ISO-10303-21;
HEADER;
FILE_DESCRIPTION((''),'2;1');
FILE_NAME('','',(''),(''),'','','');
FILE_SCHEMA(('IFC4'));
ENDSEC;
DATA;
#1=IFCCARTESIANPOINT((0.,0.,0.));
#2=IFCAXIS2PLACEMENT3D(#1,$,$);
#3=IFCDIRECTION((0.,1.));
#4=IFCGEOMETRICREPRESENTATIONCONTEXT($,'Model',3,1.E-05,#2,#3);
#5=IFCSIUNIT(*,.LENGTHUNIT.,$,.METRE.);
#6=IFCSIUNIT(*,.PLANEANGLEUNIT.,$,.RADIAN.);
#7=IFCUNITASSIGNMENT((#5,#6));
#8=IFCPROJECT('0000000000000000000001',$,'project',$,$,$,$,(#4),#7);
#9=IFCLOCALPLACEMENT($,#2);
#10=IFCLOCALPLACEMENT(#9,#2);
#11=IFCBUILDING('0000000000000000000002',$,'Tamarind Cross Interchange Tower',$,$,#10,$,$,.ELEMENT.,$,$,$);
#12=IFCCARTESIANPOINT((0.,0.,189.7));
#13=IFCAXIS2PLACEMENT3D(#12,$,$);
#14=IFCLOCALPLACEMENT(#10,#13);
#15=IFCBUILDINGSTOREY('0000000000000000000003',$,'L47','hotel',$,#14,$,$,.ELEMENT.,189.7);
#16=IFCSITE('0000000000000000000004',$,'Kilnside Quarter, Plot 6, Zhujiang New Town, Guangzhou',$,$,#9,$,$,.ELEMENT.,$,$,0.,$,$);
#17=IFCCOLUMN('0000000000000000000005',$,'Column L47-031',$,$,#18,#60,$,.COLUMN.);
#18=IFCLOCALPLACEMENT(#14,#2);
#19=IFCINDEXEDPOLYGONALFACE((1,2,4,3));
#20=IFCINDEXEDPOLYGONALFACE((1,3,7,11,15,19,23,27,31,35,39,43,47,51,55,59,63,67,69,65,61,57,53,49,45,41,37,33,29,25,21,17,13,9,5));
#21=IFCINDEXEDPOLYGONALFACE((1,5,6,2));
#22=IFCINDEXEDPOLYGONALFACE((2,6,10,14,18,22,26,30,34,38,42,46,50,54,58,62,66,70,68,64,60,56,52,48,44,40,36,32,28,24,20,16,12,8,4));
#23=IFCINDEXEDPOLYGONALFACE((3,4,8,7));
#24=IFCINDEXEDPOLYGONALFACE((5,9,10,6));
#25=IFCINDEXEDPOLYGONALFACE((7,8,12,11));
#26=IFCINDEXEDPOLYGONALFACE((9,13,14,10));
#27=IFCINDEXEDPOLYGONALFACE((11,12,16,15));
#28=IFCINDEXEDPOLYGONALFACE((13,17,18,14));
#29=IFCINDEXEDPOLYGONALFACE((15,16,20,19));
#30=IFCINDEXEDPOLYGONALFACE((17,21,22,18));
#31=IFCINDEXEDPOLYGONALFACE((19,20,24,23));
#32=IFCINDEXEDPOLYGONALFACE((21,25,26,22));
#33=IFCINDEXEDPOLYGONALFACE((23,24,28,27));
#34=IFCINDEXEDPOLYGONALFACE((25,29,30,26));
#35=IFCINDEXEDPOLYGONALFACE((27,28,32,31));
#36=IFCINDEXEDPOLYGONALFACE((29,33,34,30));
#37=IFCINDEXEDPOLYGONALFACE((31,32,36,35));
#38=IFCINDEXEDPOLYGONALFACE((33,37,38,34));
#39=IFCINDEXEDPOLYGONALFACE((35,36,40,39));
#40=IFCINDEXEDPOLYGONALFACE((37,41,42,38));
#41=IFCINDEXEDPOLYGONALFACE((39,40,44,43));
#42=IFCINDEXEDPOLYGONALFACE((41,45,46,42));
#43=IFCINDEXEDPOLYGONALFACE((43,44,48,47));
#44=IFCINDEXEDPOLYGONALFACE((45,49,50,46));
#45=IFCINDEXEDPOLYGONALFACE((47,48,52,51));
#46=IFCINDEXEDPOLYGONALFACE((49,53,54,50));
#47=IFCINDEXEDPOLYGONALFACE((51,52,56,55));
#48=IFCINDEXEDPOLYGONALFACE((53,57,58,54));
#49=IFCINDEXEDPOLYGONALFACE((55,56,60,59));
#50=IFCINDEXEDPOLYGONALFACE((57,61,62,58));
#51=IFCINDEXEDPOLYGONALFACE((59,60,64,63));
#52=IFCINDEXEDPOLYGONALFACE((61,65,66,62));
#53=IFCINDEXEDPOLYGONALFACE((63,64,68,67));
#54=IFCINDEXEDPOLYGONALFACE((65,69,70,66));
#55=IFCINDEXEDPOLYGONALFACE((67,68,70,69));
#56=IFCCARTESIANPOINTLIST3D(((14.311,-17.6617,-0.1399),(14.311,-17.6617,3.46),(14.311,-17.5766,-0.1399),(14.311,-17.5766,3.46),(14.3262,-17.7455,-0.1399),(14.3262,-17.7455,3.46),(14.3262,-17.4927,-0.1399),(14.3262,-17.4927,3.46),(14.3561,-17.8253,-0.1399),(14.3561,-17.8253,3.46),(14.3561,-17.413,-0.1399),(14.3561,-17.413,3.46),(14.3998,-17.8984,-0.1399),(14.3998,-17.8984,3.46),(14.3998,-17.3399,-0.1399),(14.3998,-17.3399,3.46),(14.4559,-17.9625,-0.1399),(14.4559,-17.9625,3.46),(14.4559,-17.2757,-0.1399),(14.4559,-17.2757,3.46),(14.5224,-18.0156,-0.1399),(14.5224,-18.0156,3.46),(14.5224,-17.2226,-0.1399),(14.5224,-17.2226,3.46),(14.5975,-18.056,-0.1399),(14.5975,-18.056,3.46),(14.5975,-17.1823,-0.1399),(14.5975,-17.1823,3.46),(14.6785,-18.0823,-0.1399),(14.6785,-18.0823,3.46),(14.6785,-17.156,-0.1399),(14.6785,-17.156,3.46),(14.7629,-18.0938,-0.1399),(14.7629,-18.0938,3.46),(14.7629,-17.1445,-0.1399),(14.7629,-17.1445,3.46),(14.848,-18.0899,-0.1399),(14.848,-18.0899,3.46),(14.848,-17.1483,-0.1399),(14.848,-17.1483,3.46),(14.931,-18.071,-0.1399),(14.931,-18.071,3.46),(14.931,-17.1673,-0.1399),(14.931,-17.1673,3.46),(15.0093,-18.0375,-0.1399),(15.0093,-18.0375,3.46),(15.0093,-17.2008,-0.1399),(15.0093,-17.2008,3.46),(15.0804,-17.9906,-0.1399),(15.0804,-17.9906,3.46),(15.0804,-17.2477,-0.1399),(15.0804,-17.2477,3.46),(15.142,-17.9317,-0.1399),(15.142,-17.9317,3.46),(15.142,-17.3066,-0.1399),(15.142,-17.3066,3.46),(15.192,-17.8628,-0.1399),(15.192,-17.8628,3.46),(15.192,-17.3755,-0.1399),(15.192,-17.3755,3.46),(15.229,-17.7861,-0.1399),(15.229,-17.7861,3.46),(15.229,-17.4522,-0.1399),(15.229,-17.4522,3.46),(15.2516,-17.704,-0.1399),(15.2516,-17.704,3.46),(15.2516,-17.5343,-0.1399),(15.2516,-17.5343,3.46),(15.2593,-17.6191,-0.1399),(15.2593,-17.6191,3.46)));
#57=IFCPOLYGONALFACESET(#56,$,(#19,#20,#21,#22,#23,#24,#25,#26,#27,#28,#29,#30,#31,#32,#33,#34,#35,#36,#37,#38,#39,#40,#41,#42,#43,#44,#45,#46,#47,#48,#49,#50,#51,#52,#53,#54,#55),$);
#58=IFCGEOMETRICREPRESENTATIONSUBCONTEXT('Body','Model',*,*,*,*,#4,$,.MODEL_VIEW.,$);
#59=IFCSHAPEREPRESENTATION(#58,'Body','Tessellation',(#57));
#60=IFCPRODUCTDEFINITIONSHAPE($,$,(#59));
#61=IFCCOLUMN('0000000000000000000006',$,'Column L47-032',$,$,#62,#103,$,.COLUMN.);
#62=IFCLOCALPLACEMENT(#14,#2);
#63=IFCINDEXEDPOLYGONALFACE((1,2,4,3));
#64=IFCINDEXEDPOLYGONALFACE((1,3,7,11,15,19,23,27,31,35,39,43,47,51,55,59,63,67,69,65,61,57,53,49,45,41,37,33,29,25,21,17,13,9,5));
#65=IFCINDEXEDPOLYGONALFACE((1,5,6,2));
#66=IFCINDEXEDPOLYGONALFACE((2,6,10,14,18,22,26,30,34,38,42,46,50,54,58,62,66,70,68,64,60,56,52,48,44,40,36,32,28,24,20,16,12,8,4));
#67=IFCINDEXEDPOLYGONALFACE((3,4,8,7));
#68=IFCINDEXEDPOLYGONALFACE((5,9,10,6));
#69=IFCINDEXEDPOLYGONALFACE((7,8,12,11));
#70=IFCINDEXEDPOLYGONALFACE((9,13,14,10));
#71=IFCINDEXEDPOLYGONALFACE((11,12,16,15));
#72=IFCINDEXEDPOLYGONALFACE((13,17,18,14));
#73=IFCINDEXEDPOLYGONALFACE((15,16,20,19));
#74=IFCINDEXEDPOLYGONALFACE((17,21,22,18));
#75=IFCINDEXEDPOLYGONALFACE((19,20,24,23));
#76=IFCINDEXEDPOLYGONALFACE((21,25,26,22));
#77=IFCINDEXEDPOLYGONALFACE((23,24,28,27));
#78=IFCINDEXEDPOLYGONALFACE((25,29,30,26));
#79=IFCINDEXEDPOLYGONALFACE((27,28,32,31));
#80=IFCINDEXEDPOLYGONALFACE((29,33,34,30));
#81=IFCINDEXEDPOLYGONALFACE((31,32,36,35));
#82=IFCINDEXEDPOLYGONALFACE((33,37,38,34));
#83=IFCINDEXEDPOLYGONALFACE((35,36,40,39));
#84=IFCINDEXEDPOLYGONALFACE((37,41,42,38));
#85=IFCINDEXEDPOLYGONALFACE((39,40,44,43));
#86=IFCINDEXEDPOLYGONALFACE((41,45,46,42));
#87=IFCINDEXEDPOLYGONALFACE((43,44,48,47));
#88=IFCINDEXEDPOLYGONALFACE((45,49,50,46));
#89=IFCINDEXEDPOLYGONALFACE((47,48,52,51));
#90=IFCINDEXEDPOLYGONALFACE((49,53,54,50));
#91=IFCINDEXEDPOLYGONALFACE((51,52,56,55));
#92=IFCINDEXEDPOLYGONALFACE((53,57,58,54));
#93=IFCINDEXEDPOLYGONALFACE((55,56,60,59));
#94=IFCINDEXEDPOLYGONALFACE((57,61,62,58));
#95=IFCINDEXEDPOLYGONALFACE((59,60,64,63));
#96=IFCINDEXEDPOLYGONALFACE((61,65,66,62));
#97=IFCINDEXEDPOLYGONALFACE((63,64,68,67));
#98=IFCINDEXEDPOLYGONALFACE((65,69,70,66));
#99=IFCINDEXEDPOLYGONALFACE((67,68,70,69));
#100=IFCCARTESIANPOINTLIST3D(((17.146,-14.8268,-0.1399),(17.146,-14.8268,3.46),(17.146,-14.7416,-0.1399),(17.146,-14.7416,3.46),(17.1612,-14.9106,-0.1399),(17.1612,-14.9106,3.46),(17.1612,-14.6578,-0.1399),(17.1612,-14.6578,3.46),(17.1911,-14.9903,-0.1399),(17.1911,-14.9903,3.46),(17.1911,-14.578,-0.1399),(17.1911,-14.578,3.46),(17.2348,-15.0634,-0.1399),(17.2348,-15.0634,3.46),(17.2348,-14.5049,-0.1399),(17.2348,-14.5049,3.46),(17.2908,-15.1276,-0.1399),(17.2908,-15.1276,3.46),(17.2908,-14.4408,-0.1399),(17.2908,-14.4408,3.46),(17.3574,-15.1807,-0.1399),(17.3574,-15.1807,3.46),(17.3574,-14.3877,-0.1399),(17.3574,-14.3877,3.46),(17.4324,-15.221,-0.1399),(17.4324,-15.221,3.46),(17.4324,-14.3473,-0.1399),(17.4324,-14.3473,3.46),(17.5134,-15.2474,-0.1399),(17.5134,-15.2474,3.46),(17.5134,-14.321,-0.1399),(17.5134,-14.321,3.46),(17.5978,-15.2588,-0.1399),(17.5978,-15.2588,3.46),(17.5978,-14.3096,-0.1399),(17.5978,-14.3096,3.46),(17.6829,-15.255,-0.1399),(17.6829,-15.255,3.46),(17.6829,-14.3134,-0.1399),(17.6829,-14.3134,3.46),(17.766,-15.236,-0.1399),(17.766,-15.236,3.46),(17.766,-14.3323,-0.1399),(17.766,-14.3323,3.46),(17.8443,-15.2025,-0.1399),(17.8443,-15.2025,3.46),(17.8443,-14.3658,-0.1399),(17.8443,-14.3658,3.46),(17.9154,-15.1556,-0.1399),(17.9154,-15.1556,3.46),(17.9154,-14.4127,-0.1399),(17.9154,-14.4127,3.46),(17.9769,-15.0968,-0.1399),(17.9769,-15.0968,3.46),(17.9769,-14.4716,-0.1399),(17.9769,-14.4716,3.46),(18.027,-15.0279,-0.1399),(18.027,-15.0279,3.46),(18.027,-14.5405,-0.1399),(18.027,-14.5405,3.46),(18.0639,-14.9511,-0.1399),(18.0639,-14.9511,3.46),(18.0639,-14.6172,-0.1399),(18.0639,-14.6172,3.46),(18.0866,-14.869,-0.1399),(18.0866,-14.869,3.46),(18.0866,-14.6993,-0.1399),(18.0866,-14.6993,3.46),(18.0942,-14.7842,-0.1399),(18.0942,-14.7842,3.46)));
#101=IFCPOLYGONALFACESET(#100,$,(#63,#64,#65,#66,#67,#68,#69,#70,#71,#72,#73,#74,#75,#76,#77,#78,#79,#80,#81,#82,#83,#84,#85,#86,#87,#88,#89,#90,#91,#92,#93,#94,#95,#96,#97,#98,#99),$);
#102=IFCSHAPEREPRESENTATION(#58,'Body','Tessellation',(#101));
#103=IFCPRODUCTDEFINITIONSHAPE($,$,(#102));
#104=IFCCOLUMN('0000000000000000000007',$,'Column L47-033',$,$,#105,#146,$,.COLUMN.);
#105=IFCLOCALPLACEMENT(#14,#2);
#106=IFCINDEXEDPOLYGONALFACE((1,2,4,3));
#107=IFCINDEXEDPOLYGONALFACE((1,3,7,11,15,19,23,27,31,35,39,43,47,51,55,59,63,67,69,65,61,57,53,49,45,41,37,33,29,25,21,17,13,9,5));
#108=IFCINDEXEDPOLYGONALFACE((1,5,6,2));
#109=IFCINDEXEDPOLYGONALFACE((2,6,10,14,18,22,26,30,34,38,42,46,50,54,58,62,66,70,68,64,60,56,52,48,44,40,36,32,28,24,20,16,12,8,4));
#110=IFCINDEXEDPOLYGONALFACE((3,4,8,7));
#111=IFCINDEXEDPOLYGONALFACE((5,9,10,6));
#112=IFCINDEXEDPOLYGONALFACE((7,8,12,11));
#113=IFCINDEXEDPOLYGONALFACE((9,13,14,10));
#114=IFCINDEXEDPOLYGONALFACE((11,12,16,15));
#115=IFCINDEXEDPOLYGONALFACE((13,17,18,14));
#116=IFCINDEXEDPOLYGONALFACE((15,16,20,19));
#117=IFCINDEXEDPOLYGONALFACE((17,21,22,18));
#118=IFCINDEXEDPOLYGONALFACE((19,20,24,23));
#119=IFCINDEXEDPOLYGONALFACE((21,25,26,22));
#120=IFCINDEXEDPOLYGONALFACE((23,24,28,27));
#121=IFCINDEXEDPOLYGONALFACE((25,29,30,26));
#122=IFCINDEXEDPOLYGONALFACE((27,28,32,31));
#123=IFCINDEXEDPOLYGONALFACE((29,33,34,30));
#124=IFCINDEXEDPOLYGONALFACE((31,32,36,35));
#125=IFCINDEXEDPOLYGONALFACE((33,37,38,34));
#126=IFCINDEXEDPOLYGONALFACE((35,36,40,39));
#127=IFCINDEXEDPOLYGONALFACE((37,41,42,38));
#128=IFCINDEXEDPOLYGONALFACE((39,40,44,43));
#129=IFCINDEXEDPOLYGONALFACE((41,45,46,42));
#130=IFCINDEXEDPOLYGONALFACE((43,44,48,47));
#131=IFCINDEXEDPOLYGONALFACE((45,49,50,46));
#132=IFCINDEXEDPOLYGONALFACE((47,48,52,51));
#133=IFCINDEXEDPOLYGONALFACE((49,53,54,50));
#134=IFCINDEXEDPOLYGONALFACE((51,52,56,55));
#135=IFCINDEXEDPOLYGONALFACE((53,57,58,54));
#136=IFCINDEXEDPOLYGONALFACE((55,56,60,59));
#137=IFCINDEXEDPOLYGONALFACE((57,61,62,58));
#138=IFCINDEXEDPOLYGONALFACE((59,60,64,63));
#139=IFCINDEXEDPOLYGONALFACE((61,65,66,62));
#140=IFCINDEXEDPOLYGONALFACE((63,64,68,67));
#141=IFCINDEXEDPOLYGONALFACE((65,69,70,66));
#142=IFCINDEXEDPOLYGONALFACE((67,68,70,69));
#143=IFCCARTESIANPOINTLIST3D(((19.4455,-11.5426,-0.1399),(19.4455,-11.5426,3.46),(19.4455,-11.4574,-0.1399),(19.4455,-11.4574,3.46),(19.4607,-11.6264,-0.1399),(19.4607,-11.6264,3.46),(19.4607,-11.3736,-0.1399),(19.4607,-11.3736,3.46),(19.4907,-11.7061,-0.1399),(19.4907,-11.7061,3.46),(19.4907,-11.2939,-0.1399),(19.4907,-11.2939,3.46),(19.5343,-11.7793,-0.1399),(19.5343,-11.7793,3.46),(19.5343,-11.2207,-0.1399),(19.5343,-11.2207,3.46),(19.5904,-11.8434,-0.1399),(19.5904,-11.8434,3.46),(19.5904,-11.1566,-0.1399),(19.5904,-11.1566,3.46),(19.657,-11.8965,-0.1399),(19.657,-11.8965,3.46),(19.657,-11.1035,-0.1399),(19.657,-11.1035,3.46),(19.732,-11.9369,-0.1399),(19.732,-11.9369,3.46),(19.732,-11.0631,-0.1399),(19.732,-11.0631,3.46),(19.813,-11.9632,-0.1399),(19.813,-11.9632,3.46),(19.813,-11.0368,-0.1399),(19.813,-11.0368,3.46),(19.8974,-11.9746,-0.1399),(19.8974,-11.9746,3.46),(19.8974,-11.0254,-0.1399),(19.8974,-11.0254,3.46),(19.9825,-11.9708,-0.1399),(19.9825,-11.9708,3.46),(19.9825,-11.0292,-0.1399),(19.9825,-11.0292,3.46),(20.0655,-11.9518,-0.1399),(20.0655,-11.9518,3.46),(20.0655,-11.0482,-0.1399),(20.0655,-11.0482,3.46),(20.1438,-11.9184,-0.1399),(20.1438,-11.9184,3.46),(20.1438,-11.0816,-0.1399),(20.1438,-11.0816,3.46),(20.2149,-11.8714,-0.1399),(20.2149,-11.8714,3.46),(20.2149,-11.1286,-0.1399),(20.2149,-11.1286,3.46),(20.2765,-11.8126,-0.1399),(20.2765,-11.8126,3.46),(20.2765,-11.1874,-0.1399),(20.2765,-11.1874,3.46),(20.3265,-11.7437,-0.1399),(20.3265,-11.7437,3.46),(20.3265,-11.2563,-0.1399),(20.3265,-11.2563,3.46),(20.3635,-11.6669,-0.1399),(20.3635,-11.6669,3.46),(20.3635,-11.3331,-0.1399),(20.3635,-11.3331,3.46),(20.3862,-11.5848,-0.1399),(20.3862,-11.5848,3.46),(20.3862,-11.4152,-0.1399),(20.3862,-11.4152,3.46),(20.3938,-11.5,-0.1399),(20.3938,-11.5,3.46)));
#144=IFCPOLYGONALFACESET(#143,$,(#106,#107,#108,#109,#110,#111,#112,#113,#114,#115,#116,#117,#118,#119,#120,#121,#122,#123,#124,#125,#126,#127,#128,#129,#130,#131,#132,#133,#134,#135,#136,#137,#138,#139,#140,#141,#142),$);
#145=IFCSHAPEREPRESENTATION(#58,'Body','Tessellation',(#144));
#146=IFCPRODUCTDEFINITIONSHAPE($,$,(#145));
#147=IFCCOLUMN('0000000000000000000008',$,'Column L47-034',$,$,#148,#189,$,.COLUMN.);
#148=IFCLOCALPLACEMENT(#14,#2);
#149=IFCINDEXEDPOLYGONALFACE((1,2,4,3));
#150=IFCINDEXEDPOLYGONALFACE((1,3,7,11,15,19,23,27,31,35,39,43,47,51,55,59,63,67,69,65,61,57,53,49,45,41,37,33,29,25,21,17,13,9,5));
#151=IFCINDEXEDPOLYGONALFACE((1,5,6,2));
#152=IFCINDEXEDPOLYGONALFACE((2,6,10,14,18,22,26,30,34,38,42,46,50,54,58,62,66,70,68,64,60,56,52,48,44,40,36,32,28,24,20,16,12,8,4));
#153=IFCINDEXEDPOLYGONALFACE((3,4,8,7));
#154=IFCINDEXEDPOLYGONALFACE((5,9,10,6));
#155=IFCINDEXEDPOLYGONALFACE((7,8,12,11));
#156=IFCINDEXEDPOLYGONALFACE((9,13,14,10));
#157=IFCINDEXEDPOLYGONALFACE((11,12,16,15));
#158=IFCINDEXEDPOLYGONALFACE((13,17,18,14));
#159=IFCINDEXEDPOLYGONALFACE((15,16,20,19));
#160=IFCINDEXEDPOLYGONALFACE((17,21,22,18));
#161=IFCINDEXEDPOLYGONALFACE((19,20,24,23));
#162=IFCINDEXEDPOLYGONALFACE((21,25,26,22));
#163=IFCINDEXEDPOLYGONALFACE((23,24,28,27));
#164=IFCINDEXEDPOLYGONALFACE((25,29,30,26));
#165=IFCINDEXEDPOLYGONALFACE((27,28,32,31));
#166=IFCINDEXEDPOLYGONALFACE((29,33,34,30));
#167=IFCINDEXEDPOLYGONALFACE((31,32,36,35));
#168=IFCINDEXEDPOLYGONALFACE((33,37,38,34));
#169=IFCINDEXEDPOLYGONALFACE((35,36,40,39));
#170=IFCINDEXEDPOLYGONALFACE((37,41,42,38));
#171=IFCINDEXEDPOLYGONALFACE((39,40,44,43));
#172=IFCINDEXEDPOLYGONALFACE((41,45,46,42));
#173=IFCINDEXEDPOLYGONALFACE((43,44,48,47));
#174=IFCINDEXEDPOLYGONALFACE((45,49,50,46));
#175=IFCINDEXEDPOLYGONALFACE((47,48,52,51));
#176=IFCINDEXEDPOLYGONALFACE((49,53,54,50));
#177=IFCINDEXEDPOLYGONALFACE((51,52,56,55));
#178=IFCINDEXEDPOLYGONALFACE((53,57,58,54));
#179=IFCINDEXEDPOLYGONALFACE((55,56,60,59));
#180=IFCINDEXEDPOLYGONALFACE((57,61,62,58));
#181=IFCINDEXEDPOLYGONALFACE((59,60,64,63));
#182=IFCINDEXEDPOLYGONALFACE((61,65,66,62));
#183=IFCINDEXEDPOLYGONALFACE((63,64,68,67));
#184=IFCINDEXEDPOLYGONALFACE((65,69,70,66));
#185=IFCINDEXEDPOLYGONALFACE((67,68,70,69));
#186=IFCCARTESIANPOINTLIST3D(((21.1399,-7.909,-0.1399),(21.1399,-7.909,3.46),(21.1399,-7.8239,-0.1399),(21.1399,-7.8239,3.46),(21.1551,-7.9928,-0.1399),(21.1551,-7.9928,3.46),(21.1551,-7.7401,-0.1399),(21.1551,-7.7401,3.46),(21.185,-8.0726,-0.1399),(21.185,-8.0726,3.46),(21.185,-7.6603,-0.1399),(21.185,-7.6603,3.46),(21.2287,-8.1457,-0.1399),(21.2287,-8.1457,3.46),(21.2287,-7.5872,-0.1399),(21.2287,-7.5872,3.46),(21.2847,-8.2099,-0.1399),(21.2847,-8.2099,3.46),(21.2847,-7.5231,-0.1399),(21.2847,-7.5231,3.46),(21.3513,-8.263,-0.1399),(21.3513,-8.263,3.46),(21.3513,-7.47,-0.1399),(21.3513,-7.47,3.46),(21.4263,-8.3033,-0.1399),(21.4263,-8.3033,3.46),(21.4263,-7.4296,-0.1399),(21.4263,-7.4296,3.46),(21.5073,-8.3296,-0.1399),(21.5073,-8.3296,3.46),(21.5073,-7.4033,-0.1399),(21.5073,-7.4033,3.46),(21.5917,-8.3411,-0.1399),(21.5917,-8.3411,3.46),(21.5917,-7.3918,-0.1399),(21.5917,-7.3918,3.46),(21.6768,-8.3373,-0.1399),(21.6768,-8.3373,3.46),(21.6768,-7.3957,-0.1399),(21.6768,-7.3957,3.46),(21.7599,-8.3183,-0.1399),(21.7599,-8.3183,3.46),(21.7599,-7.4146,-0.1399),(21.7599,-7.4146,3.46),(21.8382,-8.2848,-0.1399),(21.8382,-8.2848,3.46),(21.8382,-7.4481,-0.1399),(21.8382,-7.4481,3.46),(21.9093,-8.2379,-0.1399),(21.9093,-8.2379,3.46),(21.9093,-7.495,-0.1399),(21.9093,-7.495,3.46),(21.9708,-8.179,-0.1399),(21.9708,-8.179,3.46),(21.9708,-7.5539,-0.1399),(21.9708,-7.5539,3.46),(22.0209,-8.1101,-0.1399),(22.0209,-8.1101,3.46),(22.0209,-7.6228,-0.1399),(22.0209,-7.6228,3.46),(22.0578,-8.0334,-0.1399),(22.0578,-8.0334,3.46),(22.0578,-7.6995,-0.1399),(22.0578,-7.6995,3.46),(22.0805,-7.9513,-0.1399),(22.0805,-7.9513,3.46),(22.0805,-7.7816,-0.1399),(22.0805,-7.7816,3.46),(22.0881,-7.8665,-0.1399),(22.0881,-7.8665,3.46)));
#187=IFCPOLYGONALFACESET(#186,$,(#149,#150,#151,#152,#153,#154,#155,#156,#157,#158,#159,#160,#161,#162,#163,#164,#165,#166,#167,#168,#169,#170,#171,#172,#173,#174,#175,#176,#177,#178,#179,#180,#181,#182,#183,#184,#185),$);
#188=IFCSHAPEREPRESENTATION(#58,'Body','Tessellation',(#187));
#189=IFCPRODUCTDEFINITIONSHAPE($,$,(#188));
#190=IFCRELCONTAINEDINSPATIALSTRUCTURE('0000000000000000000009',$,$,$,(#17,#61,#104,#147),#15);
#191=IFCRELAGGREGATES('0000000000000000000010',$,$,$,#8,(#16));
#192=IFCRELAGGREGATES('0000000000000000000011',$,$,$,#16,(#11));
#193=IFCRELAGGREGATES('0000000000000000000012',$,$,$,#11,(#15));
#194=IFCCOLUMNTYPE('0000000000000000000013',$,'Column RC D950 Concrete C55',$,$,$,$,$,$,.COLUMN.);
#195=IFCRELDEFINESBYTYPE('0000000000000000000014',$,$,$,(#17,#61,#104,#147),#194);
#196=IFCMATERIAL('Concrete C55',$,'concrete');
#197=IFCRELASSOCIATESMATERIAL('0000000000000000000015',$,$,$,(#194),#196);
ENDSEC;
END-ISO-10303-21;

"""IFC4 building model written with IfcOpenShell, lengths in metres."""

from ifc_helpers import new_model, si_unit, direction, frame, origin, origin_2d, place, context, subcontext, project, spatial, circle, extrude, material, material_profile, profile_set, type_object, element, save


model = new_model("IFC4")

# Units and contexts
model_context = context("Model", 3, precision=1e-05, world=origin(), true_north=direction((0.0, 1.0)))
body_context = subcontext(model_context, "Body", "Model", "MODEL_VIEW")
ifc_project = project(units=[si_unit("LENGTHUNIT", "METRE"), si_unit("PLANEANGLEUNIT", "RADIAN")], contexts=[model_context])

# Site, building, storey
site_placement = place(None, origin())
site = spatial("IfcSite", under=ifc_project, at=site_placement, Name="Kilnside Quarter, Plot 6, Zhujiang New Town, Guangzhou", CompositionType="ELEMENT", RefElevation=0.0)
building_placement = place(site_placement, origin())
building = spatial("IfcBuilding", under=site, at=building_placement, Name="Tamarind Cross Interchange Tower", CompositionType="ELEMENT")
storey_placement = place(building_placement, frame((0.0, 0.0, 189.7)))
storey = spatial("IfcBuildingStorey", under=building, at=storey_placement, Name="L47", Description="hotel", CompositionType="ELEMENT", Elevation=189.7)

# Columns
ifc_material_1 = material(Name="Concrete C55", Category="concrete")
ifc_material_profile_1 = material_profile(ifc_material_1, circle(Radius=0.4751, at=origin_2d()), Name="RC D950")
ifc_profile_set_1 = profile_set([ifc_material_profile_1], Name="Concrete C55")
column_type = type_object("IfcColumnType", Name="Column RC D950 Concrete C55", PredefinedType="COLUMN", material=ifc_profile_set_1)
for number, where, z_axis, x_axis, name in (
    (1, (14.7842, -17.6191, -0.1399), (0.0, 0.0, 1.0), (1.0, 0.0, 0.0), "Column L47-031"),
    (2, (17.6191, -14.7842, -0.1399), (0.0, 0.0, 1.0), (1.0, 0.0, 0.0), "Column L47-032"),
    (3, (19.9187, -11.5, -0.1399), (0.0, 0.0, 1.0), (1.0, 0.0, 0.0), "Column L47-033"),
    (4, (21.613, -7.8665, -0.1399), (0.0, 0.0, 1.0), (1.0, 0.0, 0.0), "Column L47-034"),
):
    element("IfcColumn", number, at=place(storey_placement, frame(where, z_axis=z_axis, x_axis=x_axis)), inside=storey, type_object=column_type, Name=name, PredefinedType="COLUMN", context=body_context, shape_type="SweptSolid", body=[
        extrude(circle(Radius=0.4751, at=origin_2d()), origin(), (0.0, 0.0, 1.0), 3.5999),
    ])

save(model, "model.ifc")
